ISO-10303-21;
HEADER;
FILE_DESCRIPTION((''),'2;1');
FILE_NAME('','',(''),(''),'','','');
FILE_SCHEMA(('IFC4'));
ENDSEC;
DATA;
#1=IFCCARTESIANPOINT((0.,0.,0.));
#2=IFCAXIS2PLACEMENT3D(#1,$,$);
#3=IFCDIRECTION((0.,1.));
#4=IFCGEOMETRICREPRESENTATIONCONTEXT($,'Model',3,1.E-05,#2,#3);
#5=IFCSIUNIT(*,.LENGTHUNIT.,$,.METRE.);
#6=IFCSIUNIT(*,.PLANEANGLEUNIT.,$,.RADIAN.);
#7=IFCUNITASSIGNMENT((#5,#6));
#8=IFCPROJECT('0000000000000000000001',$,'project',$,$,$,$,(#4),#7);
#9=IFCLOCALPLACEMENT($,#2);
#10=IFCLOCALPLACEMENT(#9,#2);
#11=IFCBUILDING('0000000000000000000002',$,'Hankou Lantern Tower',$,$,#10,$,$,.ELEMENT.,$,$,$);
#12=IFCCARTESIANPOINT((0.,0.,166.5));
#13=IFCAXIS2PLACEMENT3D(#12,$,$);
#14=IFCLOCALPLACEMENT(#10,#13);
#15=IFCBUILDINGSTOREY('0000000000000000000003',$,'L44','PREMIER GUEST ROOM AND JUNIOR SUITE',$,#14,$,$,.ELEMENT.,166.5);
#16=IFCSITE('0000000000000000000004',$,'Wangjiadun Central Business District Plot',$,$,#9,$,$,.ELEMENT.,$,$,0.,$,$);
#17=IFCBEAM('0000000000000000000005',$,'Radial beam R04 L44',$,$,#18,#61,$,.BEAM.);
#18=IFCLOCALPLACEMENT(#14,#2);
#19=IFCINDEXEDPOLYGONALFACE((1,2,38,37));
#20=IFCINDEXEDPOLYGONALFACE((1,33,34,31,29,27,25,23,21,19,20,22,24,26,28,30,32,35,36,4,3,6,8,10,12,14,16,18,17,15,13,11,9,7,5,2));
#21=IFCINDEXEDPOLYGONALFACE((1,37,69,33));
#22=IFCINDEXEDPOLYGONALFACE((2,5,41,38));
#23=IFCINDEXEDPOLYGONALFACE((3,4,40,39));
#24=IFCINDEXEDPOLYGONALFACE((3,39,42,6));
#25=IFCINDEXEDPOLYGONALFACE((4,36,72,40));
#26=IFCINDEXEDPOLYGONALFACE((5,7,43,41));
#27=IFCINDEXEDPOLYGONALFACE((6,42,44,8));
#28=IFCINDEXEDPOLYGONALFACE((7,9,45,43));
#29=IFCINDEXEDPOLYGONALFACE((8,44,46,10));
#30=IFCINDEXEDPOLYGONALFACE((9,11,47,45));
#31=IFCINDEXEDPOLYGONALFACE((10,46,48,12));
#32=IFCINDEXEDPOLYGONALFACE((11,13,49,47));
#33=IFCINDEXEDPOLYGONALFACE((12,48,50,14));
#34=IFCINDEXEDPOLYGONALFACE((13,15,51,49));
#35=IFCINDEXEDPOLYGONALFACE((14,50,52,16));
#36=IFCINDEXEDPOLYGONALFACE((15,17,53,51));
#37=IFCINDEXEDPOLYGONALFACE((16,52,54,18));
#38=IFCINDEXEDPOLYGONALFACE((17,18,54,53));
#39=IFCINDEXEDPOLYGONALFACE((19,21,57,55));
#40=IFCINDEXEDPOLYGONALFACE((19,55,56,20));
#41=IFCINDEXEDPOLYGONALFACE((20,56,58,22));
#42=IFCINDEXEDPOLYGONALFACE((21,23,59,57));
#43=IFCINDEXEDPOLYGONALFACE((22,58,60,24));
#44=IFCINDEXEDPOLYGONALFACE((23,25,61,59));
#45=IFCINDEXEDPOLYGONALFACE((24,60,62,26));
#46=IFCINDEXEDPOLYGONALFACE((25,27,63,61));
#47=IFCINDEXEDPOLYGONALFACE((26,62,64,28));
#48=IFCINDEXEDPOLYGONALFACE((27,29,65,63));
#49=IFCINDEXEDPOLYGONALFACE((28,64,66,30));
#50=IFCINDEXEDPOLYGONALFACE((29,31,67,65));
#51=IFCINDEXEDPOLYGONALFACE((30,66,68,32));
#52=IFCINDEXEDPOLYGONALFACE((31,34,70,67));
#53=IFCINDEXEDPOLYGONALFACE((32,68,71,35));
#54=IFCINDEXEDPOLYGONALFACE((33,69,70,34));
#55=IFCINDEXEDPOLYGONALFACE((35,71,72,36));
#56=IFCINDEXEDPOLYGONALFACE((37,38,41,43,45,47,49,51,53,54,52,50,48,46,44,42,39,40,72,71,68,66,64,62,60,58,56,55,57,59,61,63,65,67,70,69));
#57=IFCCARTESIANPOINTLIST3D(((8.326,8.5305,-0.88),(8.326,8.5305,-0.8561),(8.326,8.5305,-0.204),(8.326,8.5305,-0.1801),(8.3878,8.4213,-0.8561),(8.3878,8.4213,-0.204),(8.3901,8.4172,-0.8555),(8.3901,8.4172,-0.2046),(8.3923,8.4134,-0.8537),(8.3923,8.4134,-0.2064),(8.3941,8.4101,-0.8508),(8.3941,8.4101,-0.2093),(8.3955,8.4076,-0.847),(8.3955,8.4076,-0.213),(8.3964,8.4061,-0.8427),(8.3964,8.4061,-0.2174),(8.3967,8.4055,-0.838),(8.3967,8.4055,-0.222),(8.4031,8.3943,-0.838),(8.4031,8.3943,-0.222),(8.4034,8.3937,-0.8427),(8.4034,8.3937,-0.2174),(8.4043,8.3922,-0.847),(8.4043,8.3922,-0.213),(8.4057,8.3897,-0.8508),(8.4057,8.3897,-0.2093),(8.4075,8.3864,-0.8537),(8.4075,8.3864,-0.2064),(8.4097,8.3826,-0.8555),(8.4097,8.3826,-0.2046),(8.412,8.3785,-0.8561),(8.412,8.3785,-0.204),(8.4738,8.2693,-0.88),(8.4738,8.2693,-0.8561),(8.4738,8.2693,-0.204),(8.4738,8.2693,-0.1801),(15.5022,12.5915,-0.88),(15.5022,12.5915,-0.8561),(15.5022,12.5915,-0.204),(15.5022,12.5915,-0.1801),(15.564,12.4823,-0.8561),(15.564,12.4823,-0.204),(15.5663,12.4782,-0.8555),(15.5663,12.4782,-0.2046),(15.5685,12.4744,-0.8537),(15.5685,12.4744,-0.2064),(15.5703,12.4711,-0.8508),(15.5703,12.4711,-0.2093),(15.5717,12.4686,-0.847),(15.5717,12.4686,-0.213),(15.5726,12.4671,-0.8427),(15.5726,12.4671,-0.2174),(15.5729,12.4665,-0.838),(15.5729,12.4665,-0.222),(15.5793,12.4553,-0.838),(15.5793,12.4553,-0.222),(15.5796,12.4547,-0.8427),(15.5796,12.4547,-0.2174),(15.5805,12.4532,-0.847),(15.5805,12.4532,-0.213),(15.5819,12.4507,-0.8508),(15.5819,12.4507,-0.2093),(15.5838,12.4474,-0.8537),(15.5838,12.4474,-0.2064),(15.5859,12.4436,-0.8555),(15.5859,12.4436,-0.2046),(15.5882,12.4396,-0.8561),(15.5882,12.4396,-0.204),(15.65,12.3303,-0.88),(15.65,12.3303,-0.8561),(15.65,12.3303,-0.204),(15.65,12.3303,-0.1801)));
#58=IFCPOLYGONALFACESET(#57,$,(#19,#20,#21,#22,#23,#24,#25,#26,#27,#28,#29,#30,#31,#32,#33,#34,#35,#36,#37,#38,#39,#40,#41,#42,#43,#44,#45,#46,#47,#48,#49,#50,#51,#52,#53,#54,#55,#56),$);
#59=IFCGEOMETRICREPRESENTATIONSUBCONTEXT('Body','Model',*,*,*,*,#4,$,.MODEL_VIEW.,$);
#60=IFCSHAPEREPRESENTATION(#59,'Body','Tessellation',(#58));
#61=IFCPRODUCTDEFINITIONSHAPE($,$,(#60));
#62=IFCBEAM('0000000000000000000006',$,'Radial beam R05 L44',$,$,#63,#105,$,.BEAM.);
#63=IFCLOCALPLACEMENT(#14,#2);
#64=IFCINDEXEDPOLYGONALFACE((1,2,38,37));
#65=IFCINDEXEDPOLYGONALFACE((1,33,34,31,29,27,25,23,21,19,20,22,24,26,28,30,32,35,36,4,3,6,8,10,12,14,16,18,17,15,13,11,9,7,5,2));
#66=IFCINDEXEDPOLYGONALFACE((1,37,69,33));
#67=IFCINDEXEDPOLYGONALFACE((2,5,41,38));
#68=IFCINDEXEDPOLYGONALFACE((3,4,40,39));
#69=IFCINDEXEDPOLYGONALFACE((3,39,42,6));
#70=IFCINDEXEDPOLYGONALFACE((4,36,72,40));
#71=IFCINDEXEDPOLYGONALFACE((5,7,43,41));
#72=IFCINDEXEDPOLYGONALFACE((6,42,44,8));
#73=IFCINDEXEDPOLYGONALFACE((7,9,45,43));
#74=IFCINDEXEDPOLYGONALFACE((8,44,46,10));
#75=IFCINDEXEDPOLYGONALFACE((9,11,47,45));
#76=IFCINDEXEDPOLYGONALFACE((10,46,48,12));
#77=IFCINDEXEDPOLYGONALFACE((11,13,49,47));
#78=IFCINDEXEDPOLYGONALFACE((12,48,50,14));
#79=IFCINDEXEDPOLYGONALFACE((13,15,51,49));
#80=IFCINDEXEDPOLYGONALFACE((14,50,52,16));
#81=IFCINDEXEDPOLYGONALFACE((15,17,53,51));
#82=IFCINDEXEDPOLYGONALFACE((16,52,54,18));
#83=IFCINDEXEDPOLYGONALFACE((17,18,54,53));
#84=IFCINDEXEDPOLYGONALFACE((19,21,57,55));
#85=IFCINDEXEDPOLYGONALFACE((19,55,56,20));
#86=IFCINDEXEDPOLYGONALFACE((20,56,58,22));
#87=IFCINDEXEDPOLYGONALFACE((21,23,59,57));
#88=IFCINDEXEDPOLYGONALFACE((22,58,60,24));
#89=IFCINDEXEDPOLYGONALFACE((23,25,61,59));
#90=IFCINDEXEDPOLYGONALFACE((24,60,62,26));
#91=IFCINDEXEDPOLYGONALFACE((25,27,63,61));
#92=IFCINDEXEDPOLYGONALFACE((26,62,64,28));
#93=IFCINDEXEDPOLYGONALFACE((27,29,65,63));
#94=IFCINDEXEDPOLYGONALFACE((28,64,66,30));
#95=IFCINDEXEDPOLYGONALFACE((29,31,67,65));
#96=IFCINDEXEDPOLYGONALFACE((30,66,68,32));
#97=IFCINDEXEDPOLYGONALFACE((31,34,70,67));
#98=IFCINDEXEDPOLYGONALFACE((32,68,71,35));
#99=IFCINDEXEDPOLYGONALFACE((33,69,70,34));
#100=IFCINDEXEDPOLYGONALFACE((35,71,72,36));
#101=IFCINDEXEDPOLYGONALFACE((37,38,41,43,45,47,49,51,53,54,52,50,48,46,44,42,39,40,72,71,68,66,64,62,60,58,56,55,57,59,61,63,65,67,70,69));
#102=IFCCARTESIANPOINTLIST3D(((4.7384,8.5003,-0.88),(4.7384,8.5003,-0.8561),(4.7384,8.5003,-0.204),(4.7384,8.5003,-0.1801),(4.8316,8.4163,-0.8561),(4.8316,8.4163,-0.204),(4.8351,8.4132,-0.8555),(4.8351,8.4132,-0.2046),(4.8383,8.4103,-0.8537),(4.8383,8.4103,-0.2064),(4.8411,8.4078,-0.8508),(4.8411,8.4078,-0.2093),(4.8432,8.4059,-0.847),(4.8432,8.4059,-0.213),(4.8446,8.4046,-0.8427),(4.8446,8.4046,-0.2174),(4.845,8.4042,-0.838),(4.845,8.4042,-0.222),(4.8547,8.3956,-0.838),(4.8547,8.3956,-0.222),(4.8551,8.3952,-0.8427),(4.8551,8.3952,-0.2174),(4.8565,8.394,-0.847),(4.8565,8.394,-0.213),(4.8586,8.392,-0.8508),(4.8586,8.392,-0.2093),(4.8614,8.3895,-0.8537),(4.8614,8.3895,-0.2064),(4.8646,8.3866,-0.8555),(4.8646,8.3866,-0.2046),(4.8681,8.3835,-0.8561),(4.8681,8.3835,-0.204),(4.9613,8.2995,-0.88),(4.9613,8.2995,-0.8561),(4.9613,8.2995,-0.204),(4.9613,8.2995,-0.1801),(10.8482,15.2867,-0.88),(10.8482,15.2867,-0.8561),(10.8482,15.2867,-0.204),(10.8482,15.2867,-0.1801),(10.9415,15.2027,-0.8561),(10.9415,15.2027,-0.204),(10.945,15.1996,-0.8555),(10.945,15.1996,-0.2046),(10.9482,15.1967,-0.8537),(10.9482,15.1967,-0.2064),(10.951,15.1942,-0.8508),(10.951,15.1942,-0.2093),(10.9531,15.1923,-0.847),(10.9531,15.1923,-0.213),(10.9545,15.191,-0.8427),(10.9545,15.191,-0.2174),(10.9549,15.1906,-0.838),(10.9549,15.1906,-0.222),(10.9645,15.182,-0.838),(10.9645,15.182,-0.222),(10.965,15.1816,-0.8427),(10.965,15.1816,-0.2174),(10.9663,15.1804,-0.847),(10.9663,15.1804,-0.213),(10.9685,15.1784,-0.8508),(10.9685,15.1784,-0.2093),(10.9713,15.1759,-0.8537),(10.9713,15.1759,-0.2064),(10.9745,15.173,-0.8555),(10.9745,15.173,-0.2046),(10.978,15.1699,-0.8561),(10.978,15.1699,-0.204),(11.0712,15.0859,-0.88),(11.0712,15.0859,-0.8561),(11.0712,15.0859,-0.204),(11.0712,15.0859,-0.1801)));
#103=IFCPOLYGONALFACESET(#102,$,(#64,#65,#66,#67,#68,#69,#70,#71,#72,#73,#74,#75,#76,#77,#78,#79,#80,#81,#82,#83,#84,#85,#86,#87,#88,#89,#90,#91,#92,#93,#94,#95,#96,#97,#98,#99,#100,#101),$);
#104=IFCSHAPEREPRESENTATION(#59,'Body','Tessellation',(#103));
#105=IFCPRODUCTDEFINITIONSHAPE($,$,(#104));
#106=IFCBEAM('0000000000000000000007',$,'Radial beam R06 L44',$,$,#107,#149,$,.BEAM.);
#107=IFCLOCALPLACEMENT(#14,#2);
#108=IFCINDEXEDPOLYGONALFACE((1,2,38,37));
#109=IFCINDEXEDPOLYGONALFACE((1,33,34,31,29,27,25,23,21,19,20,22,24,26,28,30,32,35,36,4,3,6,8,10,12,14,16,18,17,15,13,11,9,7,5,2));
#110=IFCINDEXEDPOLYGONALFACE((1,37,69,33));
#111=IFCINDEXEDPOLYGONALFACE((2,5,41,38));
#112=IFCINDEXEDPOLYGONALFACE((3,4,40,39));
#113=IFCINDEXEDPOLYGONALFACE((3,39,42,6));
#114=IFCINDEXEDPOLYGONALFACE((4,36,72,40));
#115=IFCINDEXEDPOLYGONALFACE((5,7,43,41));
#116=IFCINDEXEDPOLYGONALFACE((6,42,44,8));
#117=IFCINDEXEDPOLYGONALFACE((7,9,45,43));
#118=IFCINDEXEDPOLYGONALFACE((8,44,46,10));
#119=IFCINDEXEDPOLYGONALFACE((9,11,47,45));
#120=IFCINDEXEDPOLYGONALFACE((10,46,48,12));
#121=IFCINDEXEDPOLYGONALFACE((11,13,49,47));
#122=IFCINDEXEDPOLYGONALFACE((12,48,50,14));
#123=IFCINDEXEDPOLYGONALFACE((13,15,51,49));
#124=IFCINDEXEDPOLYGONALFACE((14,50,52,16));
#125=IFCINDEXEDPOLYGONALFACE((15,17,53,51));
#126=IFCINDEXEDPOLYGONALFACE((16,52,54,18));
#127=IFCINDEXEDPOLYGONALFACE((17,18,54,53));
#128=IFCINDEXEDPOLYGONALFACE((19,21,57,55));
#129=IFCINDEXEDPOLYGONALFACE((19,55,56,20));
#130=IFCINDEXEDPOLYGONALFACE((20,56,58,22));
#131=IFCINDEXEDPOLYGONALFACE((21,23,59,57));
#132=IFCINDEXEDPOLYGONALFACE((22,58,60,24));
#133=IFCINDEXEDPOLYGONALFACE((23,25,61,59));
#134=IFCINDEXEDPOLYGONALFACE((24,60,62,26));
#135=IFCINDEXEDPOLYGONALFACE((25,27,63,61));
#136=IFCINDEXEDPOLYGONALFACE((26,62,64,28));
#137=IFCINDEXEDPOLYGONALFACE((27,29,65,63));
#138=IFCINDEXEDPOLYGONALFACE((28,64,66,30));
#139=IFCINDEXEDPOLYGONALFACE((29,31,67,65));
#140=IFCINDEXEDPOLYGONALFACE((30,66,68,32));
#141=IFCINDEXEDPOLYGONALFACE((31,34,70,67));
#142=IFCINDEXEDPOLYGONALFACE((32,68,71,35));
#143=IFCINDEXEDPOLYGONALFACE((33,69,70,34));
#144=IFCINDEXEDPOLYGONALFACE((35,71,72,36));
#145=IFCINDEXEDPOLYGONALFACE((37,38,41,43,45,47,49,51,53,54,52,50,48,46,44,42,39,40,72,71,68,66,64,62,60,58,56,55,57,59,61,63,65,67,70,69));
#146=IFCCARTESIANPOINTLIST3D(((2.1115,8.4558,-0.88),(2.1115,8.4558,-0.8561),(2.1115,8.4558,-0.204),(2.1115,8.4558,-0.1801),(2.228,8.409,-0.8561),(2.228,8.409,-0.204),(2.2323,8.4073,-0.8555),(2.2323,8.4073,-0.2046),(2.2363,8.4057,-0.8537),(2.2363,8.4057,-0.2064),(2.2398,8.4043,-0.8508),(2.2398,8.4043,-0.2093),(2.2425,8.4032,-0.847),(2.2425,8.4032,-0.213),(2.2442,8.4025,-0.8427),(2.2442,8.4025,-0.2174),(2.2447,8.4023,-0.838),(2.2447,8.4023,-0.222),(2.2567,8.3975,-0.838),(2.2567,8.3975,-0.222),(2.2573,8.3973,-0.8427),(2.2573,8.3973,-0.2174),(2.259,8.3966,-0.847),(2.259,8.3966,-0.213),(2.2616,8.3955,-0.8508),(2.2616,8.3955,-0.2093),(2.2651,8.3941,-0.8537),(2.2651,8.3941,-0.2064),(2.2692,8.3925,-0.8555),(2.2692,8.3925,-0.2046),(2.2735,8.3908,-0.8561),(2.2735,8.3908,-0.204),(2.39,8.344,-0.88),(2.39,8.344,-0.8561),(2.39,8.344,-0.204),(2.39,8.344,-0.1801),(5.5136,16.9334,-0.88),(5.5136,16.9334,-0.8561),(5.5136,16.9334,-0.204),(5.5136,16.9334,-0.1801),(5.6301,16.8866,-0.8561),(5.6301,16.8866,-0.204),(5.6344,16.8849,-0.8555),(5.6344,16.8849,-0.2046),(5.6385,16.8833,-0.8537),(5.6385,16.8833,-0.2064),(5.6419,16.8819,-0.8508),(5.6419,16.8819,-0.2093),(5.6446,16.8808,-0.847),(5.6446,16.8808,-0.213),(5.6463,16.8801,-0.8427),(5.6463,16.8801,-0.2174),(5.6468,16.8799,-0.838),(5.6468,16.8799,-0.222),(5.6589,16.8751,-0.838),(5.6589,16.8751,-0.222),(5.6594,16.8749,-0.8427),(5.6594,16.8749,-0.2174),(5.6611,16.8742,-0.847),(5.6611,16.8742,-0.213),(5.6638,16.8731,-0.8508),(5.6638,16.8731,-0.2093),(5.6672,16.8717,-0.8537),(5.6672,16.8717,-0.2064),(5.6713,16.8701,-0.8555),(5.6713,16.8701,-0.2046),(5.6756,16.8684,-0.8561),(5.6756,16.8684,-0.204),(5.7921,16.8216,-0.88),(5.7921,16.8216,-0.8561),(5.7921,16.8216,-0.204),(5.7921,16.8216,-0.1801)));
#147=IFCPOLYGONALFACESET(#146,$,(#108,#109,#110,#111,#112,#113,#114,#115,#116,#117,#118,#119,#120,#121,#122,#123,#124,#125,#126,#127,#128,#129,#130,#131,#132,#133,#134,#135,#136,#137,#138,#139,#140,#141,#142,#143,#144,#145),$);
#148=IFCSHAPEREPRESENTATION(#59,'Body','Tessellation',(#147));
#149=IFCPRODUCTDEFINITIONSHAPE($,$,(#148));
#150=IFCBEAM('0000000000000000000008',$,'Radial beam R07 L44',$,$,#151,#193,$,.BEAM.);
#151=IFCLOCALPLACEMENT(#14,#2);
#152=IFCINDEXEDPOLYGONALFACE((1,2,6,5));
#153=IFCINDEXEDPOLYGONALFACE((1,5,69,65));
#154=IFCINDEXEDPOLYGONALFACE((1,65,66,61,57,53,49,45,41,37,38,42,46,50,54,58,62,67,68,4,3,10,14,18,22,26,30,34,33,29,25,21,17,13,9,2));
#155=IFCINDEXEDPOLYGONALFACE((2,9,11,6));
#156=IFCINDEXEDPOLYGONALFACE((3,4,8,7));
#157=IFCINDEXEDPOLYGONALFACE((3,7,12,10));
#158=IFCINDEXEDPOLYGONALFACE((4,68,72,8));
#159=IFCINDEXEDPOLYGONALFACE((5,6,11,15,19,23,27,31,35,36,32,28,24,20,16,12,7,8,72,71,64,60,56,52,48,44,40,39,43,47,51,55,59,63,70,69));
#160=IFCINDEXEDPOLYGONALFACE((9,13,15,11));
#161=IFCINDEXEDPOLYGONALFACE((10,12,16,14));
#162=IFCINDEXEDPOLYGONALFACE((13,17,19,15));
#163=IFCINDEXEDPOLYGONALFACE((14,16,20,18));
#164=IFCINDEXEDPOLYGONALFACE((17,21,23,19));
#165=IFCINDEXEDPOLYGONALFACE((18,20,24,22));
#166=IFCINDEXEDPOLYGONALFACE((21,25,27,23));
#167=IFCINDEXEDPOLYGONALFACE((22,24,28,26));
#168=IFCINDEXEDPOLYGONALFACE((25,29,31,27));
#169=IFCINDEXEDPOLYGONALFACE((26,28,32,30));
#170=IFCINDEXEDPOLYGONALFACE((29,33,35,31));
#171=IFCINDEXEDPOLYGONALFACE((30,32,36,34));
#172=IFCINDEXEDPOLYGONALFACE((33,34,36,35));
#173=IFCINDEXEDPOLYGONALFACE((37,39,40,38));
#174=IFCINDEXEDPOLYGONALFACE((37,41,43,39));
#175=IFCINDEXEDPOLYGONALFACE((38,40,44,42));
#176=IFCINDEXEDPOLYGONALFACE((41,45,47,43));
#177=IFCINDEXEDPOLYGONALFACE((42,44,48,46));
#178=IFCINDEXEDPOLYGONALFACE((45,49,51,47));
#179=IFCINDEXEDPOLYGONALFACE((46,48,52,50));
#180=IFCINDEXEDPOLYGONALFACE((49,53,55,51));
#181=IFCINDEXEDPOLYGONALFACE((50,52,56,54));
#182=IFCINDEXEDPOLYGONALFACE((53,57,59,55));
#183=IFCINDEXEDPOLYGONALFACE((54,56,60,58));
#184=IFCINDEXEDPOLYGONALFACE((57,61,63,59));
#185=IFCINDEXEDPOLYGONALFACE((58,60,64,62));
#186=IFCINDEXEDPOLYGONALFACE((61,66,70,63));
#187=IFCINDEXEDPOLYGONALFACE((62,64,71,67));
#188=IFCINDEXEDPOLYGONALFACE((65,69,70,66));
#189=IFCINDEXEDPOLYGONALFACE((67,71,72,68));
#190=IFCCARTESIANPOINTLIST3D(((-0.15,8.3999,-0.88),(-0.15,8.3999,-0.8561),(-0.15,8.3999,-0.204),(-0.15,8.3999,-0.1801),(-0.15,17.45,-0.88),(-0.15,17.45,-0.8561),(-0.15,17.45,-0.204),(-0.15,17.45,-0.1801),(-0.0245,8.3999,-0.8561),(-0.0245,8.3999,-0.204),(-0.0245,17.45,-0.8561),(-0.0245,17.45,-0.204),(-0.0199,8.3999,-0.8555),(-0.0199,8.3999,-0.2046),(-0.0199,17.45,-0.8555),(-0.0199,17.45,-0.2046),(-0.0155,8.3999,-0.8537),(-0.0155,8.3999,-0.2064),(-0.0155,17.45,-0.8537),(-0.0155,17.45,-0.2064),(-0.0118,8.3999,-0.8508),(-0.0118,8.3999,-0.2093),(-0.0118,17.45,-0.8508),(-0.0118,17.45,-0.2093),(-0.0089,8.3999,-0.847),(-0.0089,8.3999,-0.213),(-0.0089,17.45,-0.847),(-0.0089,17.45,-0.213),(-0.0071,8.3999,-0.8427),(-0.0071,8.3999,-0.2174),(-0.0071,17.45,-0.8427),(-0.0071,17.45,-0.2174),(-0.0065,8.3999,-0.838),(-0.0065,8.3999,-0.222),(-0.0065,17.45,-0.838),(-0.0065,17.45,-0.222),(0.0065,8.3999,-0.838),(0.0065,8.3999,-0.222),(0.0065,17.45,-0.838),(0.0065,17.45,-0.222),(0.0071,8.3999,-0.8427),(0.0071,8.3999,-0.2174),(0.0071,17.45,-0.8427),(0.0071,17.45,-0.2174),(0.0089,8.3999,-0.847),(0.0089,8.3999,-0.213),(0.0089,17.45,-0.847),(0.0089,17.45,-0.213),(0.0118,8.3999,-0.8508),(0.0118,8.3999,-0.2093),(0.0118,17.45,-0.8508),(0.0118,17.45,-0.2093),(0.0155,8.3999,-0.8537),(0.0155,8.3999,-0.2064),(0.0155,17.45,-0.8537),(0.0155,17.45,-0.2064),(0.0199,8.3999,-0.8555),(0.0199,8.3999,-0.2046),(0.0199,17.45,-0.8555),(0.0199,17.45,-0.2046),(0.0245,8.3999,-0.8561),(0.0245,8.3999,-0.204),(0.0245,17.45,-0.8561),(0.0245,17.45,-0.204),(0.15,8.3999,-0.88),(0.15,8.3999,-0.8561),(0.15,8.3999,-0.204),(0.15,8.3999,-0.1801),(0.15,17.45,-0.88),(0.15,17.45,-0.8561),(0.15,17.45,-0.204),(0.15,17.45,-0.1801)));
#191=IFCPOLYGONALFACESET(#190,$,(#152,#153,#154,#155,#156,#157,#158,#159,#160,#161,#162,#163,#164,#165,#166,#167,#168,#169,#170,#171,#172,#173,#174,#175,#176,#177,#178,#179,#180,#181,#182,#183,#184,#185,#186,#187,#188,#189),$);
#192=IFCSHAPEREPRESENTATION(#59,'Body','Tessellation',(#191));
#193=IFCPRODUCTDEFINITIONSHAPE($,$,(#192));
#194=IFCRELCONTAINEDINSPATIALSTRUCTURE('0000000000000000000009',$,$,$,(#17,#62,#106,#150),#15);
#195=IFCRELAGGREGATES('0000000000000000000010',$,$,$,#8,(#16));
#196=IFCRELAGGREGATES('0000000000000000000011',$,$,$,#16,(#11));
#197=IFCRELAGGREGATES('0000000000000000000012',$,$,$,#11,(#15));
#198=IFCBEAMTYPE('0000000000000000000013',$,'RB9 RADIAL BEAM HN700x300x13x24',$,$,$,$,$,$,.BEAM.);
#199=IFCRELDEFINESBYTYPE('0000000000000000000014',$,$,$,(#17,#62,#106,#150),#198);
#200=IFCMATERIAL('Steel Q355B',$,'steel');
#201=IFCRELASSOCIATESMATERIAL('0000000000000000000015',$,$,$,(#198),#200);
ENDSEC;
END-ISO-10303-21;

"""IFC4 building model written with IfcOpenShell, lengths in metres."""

from ifc_helpers import new_model, si_unit, direction, frame, origin, origin_2d, place, context, subcontext, project, spatial, i_section, extrude, material, material_profile, profile_set, type_object, element, save


model = new_model("IFC4")

# Units and contexts
model_context = context("Model", 3, precision=1e-05, world=origin(), true_north=direction((0.0, 1.0)))
body_context = subcontext(model_context, "Body", "Model", "MODEL_VIEW")
ifc_project = project(units=[si_unit("LENGTHUNIT", "METRE"), si_unit("PLANEANGLEUNIT", "RADIAN")], contexts=[model_context])

# Site, building, storey
site_placement = place(None, origin())
site = spatial("IfcSite", under=ifc_project, at=site_placement, Name="Wangjiadun Central Business District Plot", CompositionType="ELEMENT", RefElevation=0.0)
building_placement = place(site_placement, origin())
building = spatial("IfcBuilding", under=site, at=building_placement, Name="Hankou Lantern Tower", CompositionType="ELEMENT")
storey_placement = place(building_placement, frame((0.0, 0.0, 166.5)))
storey = spatial("IfcBuildingStorey", under=building, at=storey_placement, Name="L44", Description="PREMIER GUEST ROOM AND JUNIOR SUITE", CompositionType="ELEMENT", Elevation=166.5)

# Beams
ifc_material_1 = material(Name="Steel Q355B", Category="steel")
ifc_material_profile_1 = material_profile(ifc_material_1, i_section(OverallWidth=0.3, OverallDepth=0.7, WebThickness=0.0129, FlangeThickness=0.0239, FilletRadius=0.0181, at=origin_2d()), Name="HN700x300x13x24")
ifc_profile_set_1 = profile_set([ifc_material_profile_1], Name="Steel Q355B")
beam_type_1 = type_object("IfcBeamType", Name="RB9 RADIAL BEAM HN700x300x13x24", PredefinedType="BEAM", material=ifc_profile_set_1)
beam_1_placement = place(storey_placement, frame((8.3999, 8.3999, -0.53), z_axis=(0.870309, 0.492506, 0.0), x_axis=(-0.492506, 0.870309, 0.0)))
element("IfcBeam", 1, at=beam_1_placement, inside=storey, type_object=beam_type_1, Name="Radial beam R04 L44", PredefinedType="BEAM", context=body_context, shape_type="SweptSolid", body=[
    extrude(i_section(OverallWidth=0.3, OverallDepth=0.7, WebThickness=0.0129, FlangeThickness=0.0239, FilletRadius=0.0181, at=origin_2d()), origin(), (0.0, 0.0, 1.0), 8.2456),
])
beam_2_placement = place(storey_placement, frame((4.8499, 8.3999, -0.53), z_axis=(0.669093, 0.743178, 0.0), x_axis=(-0.743178, 0.669093, 0.0)))
element("IfcBeam", 2, at=beam_2_placement, inside=storey, type_object=beam_type_1, Name="Radial beam R05 L44", PredefinedType="BEAM", context=body_context, shape_type="SweptSolid", body=[
    extrude(i_section(OverallWidth=0.3, OverallDepth=0.7, WebThickness=0.0129, FlangeThickness=0.0239, FilletRadius=0.0181, at=origin_2d()), origin(), (0.0, 0.0, 1.0), 9.1316),
])
beam_3_placement = place(storey_placement, frame((2.2507, 8.3999, -0.53), z_axis=(0.372436, 0.928058, 0.0), x_axis=(-0.928058, 0.372436, 0.0)))
element("IfcBeam", 3, at=beam_3_placement, inside=storey, type_object=beam_type_1, Name="Radial beam R06 L44", PredefinedType="BEAM", context=body_context, shape_type="SweptSolid", body=[
    extrude(i_section(OverallWidth=0.3, OverallDepth=0.7, WebThickness=0.0129, FlangeThickness=0.0239, FilletRadius=0.0181, at=origin_2d()), origin(), (0.0, 0.0, 1.0), 9.1348),
])
beam_4_placement = place(storey_placement, frame((0.0, 8.3999, -0.53), z_axis=(0.0, 1.0, 0.0), x_axis=(-1.0, 0.0, 0.0)))
element("IfcBeam", 4, at=beam_4_placement, inside=storey, type_object=beam_type_1, Name="Radial beam R07 L44", PredefinedType="BEAM", context=body_context, shape_type="SweptSolid", body=[
    extrude(i_section(OverallWidth=0.3, OverallDepth=0.7, WebThickness=0.0129, FlangeThickness=0.0239, FilletRadius=0.0181, at=origin_2d()), origin(), (0.0, 0.0, 1.0), 9.05),
])

save(model, "model.ifc")
